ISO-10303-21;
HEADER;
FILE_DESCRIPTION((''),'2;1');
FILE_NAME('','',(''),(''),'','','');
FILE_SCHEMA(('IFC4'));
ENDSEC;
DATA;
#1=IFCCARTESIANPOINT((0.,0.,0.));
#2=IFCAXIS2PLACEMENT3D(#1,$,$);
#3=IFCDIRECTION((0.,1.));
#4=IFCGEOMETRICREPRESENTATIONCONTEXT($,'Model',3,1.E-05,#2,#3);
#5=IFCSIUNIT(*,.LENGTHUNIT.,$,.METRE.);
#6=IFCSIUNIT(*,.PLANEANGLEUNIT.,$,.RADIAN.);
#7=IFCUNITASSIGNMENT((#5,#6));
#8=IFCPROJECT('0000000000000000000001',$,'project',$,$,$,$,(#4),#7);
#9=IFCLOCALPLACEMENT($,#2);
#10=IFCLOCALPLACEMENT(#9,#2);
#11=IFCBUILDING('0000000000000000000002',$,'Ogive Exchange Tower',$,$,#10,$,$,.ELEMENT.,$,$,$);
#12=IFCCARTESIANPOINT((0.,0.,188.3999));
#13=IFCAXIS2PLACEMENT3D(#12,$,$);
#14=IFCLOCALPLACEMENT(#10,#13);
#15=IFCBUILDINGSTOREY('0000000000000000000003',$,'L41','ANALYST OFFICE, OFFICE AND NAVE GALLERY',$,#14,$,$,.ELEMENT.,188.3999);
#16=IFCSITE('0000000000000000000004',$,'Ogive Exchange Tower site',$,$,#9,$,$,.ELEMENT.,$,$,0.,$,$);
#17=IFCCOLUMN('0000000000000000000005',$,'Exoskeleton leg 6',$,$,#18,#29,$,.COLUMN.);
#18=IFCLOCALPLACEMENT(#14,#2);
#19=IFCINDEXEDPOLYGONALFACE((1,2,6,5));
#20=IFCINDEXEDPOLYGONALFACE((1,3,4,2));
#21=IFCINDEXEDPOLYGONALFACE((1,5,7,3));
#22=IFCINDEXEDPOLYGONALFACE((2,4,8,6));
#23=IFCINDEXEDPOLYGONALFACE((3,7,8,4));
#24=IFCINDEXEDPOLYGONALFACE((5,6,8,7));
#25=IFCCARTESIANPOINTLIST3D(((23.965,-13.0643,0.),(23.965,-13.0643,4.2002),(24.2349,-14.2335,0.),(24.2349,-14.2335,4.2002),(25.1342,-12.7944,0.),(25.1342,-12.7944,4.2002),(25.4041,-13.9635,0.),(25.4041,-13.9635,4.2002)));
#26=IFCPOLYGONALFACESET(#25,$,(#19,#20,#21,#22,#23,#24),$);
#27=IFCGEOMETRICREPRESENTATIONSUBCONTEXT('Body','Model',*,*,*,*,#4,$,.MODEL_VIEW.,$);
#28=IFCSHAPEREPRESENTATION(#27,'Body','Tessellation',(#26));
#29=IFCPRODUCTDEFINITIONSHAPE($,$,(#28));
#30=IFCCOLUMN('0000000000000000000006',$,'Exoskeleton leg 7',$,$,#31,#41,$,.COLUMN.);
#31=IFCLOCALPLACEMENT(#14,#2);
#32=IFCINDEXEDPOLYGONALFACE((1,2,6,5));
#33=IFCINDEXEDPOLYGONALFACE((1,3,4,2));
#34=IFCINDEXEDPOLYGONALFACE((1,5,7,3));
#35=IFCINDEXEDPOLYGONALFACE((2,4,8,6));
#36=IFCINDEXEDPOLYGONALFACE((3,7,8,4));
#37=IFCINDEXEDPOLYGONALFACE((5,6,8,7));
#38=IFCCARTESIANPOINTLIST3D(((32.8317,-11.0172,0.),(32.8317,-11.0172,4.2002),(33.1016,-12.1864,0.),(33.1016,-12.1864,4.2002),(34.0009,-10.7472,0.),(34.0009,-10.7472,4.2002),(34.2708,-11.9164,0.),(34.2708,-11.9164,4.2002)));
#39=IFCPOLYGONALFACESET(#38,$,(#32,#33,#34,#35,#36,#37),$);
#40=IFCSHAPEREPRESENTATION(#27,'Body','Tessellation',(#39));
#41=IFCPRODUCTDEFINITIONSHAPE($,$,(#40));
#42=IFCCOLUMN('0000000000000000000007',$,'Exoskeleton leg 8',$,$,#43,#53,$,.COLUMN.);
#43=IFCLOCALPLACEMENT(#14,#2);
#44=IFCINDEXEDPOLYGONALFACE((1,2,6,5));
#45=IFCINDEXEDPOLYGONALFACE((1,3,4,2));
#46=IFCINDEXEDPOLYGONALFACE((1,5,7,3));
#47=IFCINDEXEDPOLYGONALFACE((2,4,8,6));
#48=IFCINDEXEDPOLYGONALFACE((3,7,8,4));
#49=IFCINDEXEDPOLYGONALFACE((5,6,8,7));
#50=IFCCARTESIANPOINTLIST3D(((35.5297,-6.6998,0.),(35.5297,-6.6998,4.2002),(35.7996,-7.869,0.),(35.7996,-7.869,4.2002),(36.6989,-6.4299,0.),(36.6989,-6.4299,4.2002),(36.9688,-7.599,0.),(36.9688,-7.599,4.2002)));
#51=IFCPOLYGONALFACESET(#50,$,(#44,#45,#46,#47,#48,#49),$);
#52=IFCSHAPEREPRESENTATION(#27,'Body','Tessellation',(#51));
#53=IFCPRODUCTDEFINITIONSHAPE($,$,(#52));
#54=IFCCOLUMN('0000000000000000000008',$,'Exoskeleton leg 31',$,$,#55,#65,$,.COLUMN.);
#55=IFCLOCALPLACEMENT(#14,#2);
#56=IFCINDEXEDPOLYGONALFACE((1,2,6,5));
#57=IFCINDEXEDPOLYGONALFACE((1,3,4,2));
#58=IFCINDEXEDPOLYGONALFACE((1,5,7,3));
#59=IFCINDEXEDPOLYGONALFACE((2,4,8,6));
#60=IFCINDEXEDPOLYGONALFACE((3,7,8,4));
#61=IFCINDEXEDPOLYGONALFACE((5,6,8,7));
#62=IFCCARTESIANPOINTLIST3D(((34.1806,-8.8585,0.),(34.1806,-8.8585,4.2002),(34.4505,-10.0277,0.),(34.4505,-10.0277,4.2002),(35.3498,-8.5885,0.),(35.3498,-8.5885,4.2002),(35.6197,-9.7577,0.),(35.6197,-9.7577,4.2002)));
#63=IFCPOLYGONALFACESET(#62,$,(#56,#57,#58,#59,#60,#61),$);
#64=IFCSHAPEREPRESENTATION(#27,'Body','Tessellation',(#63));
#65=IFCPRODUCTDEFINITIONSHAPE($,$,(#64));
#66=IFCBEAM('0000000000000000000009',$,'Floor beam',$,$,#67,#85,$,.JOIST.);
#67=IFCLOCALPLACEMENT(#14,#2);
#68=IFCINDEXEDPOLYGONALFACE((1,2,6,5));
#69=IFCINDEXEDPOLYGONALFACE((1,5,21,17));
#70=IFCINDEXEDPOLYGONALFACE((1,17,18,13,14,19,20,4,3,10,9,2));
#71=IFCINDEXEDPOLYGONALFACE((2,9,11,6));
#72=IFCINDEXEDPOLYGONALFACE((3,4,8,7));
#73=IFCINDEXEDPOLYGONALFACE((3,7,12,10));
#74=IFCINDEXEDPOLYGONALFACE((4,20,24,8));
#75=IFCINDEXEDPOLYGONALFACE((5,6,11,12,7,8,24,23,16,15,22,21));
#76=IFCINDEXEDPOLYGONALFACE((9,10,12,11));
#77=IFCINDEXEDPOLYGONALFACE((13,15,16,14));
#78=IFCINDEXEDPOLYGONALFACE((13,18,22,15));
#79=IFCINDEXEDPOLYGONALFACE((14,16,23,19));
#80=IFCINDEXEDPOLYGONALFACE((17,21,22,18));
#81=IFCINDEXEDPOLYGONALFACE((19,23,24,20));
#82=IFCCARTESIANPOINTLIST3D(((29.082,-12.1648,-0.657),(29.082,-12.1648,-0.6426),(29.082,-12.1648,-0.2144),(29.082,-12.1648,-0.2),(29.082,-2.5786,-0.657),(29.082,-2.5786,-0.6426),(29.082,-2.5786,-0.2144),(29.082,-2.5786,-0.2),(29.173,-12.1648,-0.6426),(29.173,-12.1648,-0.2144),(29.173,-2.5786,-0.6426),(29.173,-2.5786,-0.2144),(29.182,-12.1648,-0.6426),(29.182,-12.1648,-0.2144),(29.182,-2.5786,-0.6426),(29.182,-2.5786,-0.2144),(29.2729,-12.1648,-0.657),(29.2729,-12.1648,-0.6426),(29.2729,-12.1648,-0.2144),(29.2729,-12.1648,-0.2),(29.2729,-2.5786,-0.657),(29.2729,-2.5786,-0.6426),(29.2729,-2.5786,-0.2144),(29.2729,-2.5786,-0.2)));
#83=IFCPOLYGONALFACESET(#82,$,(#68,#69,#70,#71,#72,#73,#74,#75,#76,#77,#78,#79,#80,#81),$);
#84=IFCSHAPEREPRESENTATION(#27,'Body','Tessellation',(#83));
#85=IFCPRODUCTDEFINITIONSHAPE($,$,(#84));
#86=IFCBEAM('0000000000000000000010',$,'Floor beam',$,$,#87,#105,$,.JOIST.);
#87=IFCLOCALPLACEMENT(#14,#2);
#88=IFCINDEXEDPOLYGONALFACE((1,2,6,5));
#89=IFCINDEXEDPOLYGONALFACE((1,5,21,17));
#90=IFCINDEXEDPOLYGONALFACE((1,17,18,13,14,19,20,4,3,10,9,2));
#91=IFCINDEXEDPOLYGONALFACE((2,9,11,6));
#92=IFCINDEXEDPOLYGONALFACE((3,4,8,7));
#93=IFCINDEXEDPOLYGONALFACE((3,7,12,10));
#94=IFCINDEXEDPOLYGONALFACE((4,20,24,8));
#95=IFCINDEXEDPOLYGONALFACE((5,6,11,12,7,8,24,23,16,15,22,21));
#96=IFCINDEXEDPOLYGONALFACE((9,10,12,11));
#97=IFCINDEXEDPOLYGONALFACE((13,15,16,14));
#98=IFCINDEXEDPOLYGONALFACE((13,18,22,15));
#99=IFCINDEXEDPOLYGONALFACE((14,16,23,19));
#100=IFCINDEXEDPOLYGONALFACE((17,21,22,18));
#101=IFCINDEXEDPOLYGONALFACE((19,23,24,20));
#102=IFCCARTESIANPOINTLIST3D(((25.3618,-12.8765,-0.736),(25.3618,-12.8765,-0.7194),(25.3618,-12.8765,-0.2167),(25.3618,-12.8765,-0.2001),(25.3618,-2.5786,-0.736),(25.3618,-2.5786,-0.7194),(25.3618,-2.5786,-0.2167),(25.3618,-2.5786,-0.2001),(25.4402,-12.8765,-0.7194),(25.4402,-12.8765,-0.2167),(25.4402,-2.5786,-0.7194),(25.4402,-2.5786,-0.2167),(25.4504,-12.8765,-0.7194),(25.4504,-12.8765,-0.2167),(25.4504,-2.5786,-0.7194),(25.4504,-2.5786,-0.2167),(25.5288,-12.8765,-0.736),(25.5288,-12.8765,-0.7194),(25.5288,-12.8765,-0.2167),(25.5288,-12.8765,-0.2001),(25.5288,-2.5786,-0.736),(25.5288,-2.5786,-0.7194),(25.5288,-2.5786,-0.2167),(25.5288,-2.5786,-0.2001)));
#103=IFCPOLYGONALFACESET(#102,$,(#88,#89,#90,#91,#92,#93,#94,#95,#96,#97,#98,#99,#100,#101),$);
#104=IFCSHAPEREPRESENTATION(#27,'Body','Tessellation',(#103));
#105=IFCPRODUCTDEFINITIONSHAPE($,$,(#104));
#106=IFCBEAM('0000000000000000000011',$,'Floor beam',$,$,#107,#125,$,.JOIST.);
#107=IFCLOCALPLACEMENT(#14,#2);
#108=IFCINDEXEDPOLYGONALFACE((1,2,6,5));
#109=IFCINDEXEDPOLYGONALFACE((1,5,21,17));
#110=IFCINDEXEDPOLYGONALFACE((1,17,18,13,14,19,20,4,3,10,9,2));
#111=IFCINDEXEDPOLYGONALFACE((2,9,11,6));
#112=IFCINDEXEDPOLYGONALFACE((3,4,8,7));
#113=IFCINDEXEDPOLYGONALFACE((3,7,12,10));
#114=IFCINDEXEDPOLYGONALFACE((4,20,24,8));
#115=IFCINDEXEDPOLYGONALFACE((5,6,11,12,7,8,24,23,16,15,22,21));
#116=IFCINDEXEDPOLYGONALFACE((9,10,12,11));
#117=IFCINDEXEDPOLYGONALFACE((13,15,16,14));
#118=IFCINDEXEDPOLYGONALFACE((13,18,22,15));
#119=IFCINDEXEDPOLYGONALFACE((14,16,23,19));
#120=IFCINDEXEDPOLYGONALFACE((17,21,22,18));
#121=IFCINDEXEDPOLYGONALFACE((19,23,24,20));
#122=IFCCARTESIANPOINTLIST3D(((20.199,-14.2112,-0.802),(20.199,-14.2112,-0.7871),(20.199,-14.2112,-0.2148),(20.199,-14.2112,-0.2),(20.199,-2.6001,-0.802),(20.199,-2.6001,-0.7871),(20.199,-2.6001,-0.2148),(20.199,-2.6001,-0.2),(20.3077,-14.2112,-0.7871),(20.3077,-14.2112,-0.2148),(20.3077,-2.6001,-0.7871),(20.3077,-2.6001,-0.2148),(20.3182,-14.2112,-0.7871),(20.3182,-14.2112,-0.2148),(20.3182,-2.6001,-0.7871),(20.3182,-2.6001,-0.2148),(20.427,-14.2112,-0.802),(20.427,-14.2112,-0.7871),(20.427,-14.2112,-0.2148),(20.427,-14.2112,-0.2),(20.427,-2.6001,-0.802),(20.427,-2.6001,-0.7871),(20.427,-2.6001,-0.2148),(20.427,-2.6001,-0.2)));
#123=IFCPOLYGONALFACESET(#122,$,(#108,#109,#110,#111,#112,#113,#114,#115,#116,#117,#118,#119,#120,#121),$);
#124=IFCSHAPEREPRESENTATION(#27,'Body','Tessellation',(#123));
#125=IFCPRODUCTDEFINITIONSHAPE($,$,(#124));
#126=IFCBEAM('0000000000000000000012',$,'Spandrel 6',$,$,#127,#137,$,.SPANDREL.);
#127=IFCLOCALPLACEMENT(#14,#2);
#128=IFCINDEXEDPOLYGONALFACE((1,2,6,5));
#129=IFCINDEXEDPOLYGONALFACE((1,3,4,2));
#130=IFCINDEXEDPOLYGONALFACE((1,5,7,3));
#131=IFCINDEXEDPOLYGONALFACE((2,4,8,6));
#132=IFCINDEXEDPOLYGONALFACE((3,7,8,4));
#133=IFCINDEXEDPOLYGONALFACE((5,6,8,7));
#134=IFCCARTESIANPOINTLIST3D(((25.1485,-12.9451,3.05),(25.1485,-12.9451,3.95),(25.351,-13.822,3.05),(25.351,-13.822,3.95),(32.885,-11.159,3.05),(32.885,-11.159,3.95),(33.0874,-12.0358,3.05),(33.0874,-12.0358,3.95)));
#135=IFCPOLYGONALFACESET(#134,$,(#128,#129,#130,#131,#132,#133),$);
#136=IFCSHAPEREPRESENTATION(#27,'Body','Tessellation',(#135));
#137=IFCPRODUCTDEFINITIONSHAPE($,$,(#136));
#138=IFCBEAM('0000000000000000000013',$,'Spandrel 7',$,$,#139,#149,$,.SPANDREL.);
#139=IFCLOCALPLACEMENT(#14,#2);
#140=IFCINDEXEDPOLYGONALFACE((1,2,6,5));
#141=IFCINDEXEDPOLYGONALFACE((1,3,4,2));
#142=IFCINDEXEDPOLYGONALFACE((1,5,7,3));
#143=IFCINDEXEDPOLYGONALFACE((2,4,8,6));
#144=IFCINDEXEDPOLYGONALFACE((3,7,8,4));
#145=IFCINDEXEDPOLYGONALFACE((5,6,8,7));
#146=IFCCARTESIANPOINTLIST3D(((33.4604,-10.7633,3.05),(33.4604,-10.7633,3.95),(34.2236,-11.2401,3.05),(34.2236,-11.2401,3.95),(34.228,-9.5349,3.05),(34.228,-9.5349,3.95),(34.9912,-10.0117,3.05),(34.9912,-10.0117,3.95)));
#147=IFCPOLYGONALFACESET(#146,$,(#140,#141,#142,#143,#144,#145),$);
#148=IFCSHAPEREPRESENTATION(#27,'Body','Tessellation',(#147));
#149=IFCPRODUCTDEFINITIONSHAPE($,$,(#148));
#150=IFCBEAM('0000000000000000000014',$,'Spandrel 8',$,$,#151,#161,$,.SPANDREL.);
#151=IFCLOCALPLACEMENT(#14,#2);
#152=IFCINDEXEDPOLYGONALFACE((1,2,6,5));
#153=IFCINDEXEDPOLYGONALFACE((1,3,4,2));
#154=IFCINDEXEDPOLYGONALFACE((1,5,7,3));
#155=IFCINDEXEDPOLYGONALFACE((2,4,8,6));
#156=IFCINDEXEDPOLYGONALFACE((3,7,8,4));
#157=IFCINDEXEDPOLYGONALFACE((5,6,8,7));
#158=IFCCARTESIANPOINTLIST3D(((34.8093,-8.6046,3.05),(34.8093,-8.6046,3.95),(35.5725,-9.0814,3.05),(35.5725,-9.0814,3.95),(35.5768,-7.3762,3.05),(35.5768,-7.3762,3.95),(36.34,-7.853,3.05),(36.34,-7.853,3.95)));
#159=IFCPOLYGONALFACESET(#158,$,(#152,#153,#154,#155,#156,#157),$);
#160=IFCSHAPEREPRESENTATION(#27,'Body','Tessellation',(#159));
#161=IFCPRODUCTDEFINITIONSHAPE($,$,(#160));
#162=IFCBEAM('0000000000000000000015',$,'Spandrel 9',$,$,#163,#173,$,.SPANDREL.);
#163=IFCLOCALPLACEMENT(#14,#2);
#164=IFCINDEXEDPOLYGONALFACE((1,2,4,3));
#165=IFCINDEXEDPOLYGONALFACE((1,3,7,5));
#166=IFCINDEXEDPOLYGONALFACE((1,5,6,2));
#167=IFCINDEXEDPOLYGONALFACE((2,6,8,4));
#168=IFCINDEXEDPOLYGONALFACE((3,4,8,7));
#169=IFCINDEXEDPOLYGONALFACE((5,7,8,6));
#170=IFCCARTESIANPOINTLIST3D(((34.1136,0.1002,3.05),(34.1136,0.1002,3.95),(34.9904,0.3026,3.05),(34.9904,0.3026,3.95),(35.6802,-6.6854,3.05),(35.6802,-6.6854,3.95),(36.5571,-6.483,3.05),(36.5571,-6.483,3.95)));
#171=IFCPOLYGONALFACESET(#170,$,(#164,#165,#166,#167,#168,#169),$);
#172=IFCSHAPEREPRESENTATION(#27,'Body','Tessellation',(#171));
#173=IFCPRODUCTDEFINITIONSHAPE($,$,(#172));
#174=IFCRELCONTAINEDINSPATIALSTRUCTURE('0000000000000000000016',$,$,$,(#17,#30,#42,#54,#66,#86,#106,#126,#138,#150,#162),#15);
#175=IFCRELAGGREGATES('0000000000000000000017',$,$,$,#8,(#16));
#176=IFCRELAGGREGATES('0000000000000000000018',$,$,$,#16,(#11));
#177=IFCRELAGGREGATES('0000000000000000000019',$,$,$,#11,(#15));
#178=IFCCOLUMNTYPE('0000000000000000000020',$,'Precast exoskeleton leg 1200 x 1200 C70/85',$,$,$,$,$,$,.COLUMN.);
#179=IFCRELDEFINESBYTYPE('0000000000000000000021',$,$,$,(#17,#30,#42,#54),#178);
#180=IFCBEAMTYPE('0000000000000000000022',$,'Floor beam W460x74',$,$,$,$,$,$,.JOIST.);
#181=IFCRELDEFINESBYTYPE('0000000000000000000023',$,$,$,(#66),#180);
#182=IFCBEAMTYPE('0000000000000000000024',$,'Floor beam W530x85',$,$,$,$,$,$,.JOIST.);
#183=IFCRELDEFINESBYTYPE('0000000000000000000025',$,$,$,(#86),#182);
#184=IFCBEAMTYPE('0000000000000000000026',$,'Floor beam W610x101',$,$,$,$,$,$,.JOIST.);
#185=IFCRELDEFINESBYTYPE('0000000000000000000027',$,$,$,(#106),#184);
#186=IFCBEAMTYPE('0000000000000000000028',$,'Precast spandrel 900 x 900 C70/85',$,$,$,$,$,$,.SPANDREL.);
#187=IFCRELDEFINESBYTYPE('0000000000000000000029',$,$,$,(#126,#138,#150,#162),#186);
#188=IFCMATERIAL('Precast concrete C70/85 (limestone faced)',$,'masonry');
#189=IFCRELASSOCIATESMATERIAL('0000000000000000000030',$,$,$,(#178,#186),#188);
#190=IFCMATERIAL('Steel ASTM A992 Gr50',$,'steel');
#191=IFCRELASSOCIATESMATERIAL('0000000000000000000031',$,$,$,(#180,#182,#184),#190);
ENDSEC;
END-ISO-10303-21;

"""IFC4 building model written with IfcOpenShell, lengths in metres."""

from ifc_helpers import new_model, si_unit, direction, frame, origin, origin_2d, place, context, subcontext, project, spatial, rectangle, i_section, extrude, material, material_profile, profile_set, type_object, element, save


model = new_model("IFC4")

# Units and contexts
model_context = context("Model", 3, precision=1e-05, world=origin(), true_north=direction((0.0, 1.0)))
body_context = subcontext(model_context, "Body", "Model", "MODEL_VIEW")
ifc_project = project(units=[si_unit("LENGTHUNIT", "METRE"), si_unit("PLANEANGLEUNIT", "RADIAN")], contexts=[model_context])

# Site, building, storey
site_placement = place(None, origin())
site = spatial("IfcSite", under=ifc_project, at=site_placement, Name="Ogive Exchange Tower site", CompositionType="ELEMENT", RefElevation=0.0)
building_placement = place(site_placement, origin())
building = spatial("IfcBuilding", under=site, at=building_placement, Name="Ogive Exchange Tower", CompositionType="ELEMENT")
storey_placement = place(building_placement, frame((0.0, 0.0, 188.3999)))
storey = spatial("IfcBuildingStorey", under=building, at=storey_placement, Name="L41", Description="ANALYST OFFICE, OFFICE AND NAVE GALLERY", CompositionType="ELEMENT", Elevation=188.3999)

# Columns
ifc_material_1 = material(Name="Precast concrete C70/85 (limestone faced)", Category="masonry")
ifc_material_profile_1 = material_profile(ifc_material_1, rectangle(XDim=1.2, YDim=1.2, at=origin_2d()), Name="1200 x 1200")
ifc_profile_set_1 = profile_set([ifc_material_profile_1], Name="Precast concrete C70/85 (limestone faced)")
column_type = type_object("IfcColumnType", Name="Precast exoskeleton leg 1200 x 1200 C70/85", PredefinedType="COLUMN", material=ifc_profile_set_1)
for number, where, z_axis, x_axis, name in (
    (1, (24.6846, -13.5139, 0.0), (0.0, 0.0, 1.0), (0.97437, 0.224951, 0.0), "Exoskeleton leg 6"),
    (2, (33.5513, -11.4668, 0.0), (0.0, 0.0, 1.0), (0.97437, 0.224951, 0.0), "Exoskeleton leg 7"),
    (3, (36.2493, -7.1494, 0.0), (0.0, 0.0, 1.0), (0.97437, 0.224951, 0.0), "Exoskeleton leg 8"),
    (4, (34.9001, -9.3081, 0.0), (0.0, 0.0, 1.0), (0.97437, 0.224951, 0.0), "Exoskeleton leg 31"),
):
    element("IfcColumn", number, at=place(storey_placement, frame(where, z_axis=z_axis, x_axis=x_axis)), inside=storey, type_object=column_type, Name=name, PredefinedType="COLUMN", context=body_context, shape_type="SweptSolid", body=[
        extrude(rectangle(XDim=1.2, YDim=1.2, at=origin_2d()), origin(), (0.0, 0.0, 1.0), 4.2002),
    ])

# Beams
ifc_material_2 = material(Name="Steel ASTM A992 Gr50", Category="steel")
ifc_material_profile_2 = material_profile(ifc_material_2, i_section(OverallWidth=0.1909, OverallDepth=0.457, WebThickness=0.009, FlangeThickness=0.0144, at=origin_2d()), Name="W460x74")
ifc_profile_set_2 = profile_set([ifc_material_profile_2], Name="Steel ASTM A992 Gr50")
beam_type_1 = type_object("IfcBeamType", Name="Floor beam W460x74", PredefinedType="JOIST", material=ifc_profile_set_2)
beam_1_placement = place(storey_placement, frame((29.1775, -12.1648, -0.4285), z_axis=(0.0, 1.0, 0.0), x_axis=(-1.0, 0.0, 0.0)))
element("IfcBeam", 5, at=beam_1_placement, inside=storey, type_object=beam_type_1, Name="Floor beam", PredefinedType="JOIST", context=body_context, shape_type="SweptSolid", body=[
    extrude(i_section(OverallWidth=0.1909, OverallDepth=0.457, WebThickness=0.009, FlangeThickness=0.0144, at=origin_2d()), origin(), (0.0, 0.0, 1.0), 9.5862),
])
ifc_material_profile_3 = material_profile(ifc_material_2, i_section(OverallWidth=0.167, OverallDepth=0.5359, WebThickness=0.0103, FlangeThickness=0.0166, at=origin_2d()), Name="W530x85")
ifc_profile_set_3 = profile_set([ifc_material_profile_3], Name="Steel ASTM A992 Gr50")
beam_type_2 = type_object("IfcBeamType", Name="Floor beam W530x85", PredefinedType="JOIST", material=ifc_profile_set_3)
beam_2_placement = place(storey_placement, frame((25.4453, -12.8765, -0.468), z_axis=(0.0, 1.0, 0.0), x_axis=(-1.0, 0.0, 0.0)))
element("IfcBeam", 6, at=beam_2_placement, inside=storey, type_object=beam_type_2, Name="Floor beam", PredefinedType="JOIST", context=body_context, shape_type="SweptSolid", body=[
    extrude(i_section(OverallWidth=0.167, OverallDepth=0.5359, WebThickness=0.0103, FlangeThickness=0.0166, at=origin_2d()), origin(), (0.0, 0.0, 1.0), 10.2979),
])
ifc_material_profile_4 = material_profile(ifc_material_2, i_section(OverallWidth=0.228, OverallDepth=0.6021, WebThickness=0.0105, FlangeThickness=0.0149, at=origin_2d()), Name="W610x101")
ifc_profile_set_4 = profile_set([ifc_material_profile_4], Name="Steel ASTM A992 Gr50")
beam_type_3 = type_object("IfcBeamType", Name="Floor beam W610x101", PredefinedType="JOIST", material=ifc_profile_set_4)
beam_3_placement = place(storey_placement, frame((20.313, -14.2112, -0.501), z_axis=(0.0, 1.0, 0.0), x_axis=(-1.0, 0.0, 0.0)))
element("IfcBeam", 7, at=beam_3_placement, inside=storey, type_object=beam_type_3, Name="Floor beam", PredefinedType="JOIST", context=body_context, shape_type="SweptSolid", body=[
    extrude(i_section(OverallWidth=0.228, OverallDepth=0.6021, WebThickness=0.0105, FlangeThickness=0.0149, at=origin_2d()), origin(), (0.0, 0.0, 1.0), 11.6111),
])
ifc_material_profile_5 = material_profile(ifc_material_1, rectangle(XDim=0.8999, YDim=0.8999, at=origin_2d()), Name="900 x 900")
ifc_profile_set_5 = profile_set([ifc_material_profile_5], Name="Precast concrete C70/85 (limestone faced)")
beam_type_4 = type_object("IfcBeamType", Name="Precast spandrel 900 x 900 C70/85", PredefinedType="SPANDREL", material=ifc_profile_set_5)
beam_4_placement = place(storey_placement, frame((25.2498, -13.3835, 3.5), z_axis=(0.974368, 0.224958, 0.0), x_axis=(-0.224958, 0.974368, 0.0)))
element("IfcBeam", 8, at=beam_4_placement, inside=storey, type_object=beam_type_4, Name="Spandrel 6", PredefinedType="SPANDREL", context=body_context, shape_type="SweptSolid", body=[
    extrude(rectangle(XDim=0.8999, YDim=0.8999, at=origin_2d()), origin(), (0.0, 0.0, 1.0), 7.9399),
])
for number, where, z_axis, x_axis, name in (
    (9, (33.842, -11.0017, 3.5), (0.529878, 0.848074, 0.0), (-0.848074, 0.529878, 0.0), "Spandrel 7"),
    (10, (35.1909, -8.843, 3.5), (0.529878, 0.848074, 0.0), (-0.848074, 0.529878, 0.0), "Spandrel 8"),
):
    element("IfcBeam", number, at=place(storey_placement, frame(where, z_axis=z_axis, x_axis=x_axis)), inside=storey, type_object=beam_type_4, Name=name, PredefinedType="SPANDREL", context=body_context, shape_type="SweptSolid", body=[
        extrude(rectangle(XDim=0.8999, YDim=0.8999, at=origin_2d()), origin(), (0.0, 0.0, 1.0), 1.4485),
    ])
beam_5_placement = place(storey_placement, frame((36.1187, -6.5842, 3.5), z_axis=(-0.224959, 0.974368, 0.0), x_axis=(-0.974368, -0.224959, 0.0)))
element("IfcBeam", 11, at=beam_5_placement, inside=storey, type_object=beam_type_4, Name="Spandrel 9", PredefinedType="SPANDREL", context=body_context, shape_type="SweptSolid", body=[
    extrude(rectangle(XDim=0.8999, YDim=0.8999, at=origin_2d()), origin(), (0.0, 0.0, 1.0), 6.9641),
])

save(model, "model.ifc")
